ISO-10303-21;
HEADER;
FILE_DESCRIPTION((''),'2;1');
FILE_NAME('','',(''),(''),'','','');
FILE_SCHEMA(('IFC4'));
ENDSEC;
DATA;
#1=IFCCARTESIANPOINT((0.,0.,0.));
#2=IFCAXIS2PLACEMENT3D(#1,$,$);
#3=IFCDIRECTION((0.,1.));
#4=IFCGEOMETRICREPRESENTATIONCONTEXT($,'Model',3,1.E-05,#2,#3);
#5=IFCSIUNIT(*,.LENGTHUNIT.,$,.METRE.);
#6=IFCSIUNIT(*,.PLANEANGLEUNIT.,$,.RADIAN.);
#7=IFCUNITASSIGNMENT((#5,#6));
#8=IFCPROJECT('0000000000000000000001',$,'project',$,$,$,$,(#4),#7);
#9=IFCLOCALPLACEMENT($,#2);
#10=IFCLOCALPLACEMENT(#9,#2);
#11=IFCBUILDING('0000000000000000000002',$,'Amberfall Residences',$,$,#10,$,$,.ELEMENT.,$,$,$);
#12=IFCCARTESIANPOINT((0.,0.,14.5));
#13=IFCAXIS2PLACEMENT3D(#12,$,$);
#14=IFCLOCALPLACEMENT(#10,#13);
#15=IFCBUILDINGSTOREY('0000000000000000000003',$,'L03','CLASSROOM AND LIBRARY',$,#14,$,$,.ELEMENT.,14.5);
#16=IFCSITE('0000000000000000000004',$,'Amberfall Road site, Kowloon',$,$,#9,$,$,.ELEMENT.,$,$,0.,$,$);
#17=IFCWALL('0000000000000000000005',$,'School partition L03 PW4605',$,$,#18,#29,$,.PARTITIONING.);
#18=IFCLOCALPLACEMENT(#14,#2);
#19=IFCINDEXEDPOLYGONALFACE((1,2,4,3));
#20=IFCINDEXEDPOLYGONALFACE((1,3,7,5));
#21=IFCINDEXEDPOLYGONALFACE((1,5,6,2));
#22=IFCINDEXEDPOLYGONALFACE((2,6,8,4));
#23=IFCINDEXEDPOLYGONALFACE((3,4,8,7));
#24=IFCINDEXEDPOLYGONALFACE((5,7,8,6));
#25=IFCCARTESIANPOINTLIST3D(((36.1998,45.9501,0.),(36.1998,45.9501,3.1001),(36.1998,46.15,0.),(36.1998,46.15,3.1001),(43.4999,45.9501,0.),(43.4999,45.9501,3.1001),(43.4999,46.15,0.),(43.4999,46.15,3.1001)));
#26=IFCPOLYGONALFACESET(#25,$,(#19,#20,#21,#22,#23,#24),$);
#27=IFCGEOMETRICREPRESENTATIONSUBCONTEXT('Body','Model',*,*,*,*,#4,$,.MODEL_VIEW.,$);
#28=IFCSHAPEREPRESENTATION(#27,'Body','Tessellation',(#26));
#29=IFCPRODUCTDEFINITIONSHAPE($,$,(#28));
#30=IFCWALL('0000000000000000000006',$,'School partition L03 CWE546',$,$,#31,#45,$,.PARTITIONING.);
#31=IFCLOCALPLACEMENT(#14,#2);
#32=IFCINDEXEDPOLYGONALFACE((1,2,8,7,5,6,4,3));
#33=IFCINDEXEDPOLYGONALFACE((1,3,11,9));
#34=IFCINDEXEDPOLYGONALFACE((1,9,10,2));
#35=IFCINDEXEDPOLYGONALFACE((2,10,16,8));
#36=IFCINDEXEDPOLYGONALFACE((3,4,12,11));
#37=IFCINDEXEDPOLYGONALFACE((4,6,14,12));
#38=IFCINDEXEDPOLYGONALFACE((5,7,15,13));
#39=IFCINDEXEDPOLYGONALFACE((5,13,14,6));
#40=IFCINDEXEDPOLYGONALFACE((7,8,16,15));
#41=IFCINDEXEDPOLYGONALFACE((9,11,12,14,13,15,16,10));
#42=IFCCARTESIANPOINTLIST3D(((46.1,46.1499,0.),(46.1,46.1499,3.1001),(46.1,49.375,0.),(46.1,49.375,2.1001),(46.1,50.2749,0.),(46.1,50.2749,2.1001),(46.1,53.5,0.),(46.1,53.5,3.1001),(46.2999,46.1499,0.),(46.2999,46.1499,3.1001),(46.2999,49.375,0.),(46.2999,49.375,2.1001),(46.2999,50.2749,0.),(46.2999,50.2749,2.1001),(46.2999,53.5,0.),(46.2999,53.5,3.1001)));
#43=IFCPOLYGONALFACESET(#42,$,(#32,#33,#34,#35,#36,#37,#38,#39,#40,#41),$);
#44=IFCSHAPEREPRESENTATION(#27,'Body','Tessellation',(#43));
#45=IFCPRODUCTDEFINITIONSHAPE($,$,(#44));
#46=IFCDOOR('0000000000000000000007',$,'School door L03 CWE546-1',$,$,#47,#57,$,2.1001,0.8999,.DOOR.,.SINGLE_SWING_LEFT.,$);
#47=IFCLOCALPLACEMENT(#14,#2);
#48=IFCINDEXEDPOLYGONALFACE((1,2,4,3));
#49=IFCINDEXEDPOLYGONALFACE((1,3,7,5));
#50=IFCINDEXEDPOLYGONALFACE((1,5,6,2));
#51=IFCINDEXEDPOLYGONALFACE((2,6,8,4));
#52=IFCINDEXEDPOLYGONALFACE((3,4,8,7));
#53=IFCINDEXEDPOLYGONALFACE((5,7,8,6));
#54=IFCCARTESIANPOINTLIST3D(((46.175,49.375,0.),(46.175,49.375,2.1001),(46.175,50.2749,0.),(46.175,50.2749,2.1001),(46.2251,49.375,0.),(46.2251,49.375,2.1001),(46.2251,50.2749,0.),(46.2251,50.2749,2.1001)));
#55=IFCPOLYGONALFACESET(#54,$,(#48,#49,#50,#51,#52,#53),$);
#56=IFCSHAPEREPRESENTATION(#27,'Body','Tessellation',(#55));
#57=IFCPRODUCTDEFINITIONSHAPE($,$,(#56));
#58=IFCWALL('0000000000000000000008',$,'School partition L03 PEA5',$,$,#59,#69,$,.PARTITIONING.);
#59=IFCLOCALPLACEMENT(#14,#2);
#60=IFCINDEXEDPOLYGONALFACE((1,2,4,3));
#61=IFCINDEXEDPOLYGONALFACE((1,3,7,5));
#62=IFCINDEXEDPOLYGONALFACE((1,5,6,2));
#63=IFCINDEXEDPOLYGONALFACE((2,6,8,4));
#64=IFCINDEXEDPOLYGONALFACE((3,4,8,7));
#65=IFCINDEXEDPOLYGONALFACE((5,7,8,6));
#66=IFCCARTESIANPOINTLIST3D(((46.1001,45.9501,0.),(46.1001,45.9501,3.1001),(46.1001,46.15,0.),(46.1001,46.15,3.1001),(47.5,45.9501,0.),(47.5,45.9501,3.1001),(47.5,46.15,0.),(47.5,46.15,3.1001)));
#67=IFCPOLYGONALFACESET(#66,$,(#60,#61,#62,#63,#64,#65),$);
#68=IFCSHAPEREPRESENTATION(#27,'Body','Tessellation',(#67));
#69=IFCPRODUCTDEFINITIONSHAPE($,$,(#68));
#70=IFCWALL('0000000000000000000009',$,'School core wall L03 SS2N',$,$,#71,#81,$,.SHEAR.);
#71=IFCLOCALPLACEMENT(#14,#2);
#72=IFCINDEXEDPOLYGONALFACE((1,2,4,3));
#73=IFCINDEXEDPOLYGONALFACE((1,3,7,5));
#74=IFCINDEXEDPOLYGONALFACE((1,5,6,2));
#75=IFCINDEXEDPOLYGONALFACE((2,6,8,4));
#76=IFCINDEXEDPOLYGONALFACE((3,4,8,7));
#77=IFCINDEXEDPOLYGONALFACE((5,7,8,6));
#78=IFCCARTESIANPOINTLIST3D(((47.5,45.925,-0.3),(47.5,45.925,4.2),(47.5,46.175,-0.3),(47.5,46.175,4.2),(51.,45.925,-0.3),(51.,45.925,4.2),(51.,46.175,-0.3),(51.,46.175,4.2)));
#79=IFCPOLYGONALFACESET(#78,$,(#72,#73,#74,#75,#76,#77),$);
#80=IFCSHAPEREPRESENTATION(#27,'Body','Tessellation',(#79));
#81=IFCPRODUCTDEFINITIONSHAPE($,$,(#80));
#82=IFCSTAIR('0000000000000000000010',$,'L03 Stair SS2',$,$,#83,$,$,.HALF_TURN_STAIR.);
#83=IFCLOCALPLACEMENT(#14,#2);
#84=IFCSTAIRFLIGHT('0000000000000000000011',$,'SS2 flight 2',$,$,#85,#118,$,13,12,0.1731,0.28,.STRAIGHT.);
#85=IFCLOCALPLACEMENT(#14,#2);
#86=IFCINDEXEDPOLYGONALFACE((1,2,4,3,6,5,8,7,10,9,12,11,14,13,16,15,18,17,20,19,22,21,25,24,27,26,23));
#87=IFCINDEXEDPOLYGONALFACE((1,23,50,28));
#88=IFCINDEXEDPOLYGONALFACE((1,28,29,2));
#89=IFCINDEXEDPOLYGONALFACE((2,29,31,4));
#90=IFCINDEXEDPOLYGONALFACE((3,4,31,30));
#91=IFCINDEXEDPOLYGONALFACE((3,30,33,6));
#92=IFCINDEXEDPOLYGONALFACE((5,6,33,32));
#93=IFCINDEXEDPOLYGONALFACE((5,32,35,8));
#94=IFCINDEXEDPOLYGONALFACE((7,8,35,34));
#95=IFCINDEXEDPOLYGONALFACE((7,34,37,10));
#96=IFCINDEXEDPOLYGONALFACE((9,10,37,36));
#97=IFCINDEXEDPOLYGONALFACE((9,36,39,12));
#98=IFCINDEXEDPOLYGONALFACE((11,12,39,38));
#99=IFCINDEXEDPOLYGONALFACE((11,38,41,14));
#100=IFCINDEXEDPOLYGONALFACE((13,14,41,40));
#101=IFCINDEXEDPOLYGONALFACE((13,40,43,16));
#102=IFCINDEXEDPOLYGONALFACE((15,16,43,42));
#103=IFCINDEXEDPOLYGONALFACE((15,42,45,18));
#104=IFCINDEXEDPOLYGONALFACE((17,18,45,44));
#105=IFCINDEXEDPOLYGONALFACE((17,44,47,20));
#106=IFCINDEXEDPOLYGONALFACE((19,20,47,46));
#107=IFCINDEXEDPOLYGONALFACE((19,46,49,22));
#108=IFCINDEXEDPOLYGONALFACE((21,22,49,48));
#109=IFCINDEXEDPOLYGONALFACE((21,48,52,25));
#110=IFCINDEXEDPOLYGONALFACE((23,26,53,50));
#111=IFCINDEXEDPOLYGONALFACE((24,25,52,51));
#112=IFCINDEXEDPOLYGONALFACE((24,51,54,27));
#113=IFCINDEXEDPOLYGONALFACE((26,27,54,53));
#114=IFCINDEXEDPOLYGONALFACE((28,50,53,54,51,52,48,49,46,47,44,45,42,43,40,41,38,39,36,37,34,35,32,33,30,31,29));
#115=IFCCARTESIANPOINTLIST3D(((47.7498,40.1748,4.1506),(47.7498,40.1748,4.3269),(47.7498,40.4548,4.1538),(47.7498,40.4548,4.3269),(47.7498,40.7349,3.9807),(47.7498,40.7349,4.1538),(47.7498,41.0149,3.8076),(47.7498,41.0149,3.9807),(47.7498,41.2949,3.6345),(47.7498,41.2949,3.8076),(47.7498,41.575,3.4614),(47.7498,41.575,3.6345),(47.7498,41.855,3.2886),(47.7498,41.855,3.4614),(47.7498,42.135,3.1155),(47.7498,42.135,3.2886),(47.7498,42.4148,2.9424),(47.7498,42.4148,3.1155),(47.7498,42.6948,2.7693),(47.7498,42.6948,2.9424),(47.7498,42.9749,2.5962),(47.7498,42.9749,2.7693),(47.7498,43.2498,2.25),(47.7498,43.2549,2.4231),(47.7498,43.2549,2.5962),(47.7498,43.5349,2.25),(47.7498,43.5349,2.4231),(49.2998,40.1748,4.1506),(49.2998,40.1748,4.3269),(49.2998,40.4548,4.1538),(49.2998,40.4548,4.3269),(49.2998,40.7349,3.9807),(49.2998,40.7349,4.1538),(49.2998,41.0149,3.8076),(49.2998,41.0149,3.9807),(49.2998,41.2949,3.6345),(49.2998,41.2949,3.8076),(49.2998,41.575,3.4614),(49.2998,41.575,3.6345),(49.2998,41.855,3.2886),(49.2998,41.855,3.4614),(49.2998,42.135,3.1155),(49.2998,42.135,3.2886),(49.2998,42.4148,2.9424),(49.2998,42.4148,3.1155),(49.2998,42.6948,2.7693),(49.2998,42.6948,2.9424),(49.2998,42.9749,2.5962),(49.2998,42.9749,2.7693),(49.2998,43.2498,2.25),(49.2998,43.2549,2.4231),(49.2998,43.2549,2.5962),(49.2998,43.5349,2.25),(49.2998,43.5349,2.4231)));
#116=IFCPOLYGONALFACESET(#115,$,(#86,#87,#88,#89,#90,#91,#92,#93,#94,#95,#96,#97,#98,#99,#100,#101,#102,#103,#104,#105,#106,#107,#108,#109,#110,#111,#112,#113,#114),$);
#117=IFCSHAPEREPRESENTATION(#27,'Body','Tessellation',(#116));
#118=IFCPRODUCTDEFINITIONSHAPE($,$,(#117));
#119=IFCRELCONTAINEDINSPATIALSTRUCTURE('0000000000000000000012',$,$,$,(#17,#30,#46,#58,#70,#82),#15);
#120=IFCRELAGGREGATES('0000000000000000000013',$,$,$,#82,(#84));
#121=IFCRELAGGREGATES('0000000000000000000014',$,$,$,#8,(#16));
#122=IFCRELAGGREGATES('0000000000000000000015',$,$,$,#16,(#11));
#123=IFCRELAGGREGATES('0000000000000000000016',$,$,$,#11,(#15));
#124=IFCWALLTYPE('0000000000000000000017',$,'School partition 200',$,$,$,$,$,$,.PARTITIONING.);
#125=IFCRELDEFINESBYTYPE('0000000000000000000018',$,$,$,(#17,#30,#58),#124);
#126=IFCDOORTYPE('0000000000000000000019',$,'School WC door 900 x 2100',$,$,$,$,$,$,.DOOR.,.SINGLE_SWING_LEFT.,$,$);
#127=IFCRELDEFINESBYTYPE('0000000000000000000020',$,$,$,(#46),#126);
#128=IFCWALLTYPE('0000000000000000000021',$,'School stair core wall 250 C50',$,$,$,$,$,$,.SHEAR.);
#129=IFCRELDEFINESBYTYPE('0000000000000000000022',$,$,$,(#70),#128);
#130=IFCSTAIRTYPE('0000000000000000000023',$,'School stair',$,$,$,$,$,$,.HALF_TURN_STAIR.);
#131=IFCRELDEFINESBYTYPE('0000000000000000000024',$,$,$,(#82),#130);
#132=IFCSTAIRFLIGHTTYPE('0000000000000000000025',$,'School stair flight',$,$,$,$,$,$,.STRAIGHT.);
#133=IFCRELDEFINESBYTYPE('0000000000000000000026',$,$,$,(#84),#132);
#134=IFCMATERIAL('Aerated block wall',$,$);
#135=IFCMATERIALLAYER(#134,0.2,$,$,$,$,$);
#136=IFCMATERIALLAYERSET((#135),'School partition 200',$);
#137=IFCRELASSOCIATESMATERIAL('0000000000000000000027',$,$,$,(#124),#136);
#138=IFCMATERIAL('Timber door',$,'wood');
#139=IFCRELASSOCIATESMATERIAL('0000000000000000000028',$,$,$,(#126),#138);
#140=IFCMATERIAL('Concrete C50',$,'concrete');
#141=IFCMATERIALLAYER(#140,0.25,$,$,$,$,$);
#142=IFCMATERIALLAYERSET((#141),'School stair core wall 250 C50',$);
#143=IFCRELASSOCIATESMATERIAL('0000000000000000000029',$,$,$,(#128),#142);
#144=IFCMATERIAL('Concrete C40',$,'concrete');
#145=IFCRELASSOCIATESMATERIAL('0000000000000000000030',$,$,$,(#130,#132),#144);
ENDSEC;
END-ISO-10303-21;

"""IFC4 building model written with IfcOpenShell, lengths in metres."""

from ifc_helpers import new_model, si_unit, direction, frame, frame_2d, origin, place, context, subcontext, project, spatial, polyline, rectangle, outline, extrude, material, layer, layer_set, type_object, element, fill, aggregate, save


model = new_model("IFC4")

# Units and contexts
model_context = context("Model", 3, precision=1e-05, world=origin(), true_north=direction((0.0, 1.0)))
body_context = subcontext(model_context, "Body", "Model", "MODEL_VIEW")
ifc_project = project(units=[si_unit("LENGTHUNIT", "METRE"), si_unit("PLANEANGLEUNIT", "RADIAN")], contexts=[model_context])

# Site, building, storey
site_placement = place(None, origin())
site = spatial("IfcSite", under=ifc_project, at=site_placement, Name="Amberfall Road site, Kowloon", CompositionType="ELEMENT", RefElevation=0.0)
building_placement = place(site_placement, origin())
building = spatial("IfcBuilding", under=site, at=building_placement, Name="Amberfall Residences", CompositionType="ELEMENT")
storey_placement = place(building_placement, frame((0.0, 0.0, 14.5)))
storey = spatial("IfcBuildingStorey", under=building, at=storey_placement, Name="L03", Description="CLASSROOM AND LIBRARY", CompositionType="ELEMENT", Elevation=14.5)

# Shared definitions
ifc_material_1 = material(Name="Concrete C40", Category="concrete")

# Shared definitions
ifc_material_2 = material(Name="Aerated block wall")

# Shared definitions
ifc_layer_1 = layer(ifc_material_2, 0.2)
ifc_layer_set_1 = layer_set([ifc_layer_1], Name="School partition 200")
wall_type_1 = type_object("IfcWallType", Name="School partition 200", PredefinedType="PARTITIONING", material=ifc_layer_set_1)
ifc_material_3 = material(Name="Timber door", Category="wood")

# Wall
wall_1_placement = place(storey_placement, frame((36.2, 46.05, 0.0), z_axis=(0.0, 0.0, 1.0), x_axis=(1.0, 0.0, 0.0)))
element("IfcWall", 1, at=wall_1_placement, inside=storey, type_object=wall_type_1, Name="School partition L03 PW4605", PredefinedType="PARTITIONING", context=body_context, shape_type="SweptSolid", body=[
    extrude(rectangle(XDim=7.3, YDim=0.2, at=frame_2d((3.6499, 0.0))), origin(), (0.0, 0.0, 1.0), 3.1001),
])

# Wall, opening, door
wall_2_placement = place(storey_placement, frame((46.2, 46.1499, 0.0), z_axis=(0.0, 0.0, 1.0), x_axis=(0.0, 1.0, 0.0)))
wall_2 = element("IfcWall", 2, at=wall_2_placement, inside=storey, type_object=wall_type_1, Name="School partition L03 CWE546", PredefinedType="PARTITIONING", context=body_context, shape_type="SweptSolid", body=[
    extrude(rectangle(XDim=7.3501, YDim=0.2, at=frame_2d((3.675, 0.0))), origin(), (0.0, 0.0, 1.0), 3.1001),
])
opening_1_placement = place(wall_2_placement, frame((3.2251, 0.0, 0.0)))
opening_1 = element("IfcOpeningElement", 3, at=opening_1_placement, cuts=wall_2, PredefinedType="OPENING", context=body_context, shape_type="SweptSolid", body=[
    extrude(rectangle(XDim=0.8999, YDim=2.1001, at=frame_2d((0.45, 1.05))), frame((0.0, 0.1099, 0.0), z_axis=(0.0, -1.0, 0.0), x_axis=(1.0, 0.0, 0.0)), (0.0, 0.0, 1.0), 0.22),
])
door_type_1 = type_object("IfcDoorType", Name="School WC door 900 x 2100", OperationType="SINGLE_SWING_LEFT", PredefinedType="DOOR", material=ifc_material_3)
door_1_placement = place(opening_1_placement, origin())
door_1 = element("IfcDoor", 4, at=door_1_placement, inside=storey, type_object=door_type_1, Name="School door L03 CWE546-1", OperationType="SINGLE_SWING_LEFT", OverallHeight=2.1001, OverallWidth=0.8999, PredefinedType="DOOR", context=body_context, shape_type="SweptSolid", body=[
    extrude(rectangle(XDim=0.8999, YDim=2.1001, at=frame_2d((0.45, 1.05))), frame((0.0, 0.0249, 0.0), z_axis=(0.0, -1.0, 0.0), x_axis=(1.0, 0.0, 0.0)), (0.0, 0.0, 1.0), 0.05),
])
fill(opening_1, door_1)

# Walls
wall_3_placement = place(storey_placement, frame((46.1001, 46.05, 0.0), z_axis=(0.0, 0.0, 1.0), x_axis=(1.0, 0.0, 0.0)))
element("IfcWall", 5, at=wall_3_placement, inside=storey, type_object=wall_type_1, Name="School partition L03 PEA5", PredefinedType="PARTITIONING", context=body_context, shape_type="SweptSolid", body=[
    extrude(rectangle(XDim=1.3999, YDim=0.2, at=frame_2d((0.7, 0.0))), origin(), (0.0, 0.0, 1.0), 3.1001),
])
ifc_material_4 = material(Name="Concrete C50", Category="concrete")
ifc_layer_2 = layer(ifc_material_4, 0.25)
ifc_layer_set_2 = layer_set([ifc_layer_2], Name="School stair core wall 250 C50")
wall_type_2 = type_object("IfcWallType", Name="School stair core wall 250 C50", PredefinedType="SHEAR", material=ifc_layer_set_2)
wall_4_placement = place(storey_placement, frame((47.5, 46.05, -0.3), z_axis=(0.0, 0.0, 1.0), x_axis=(1.0, 0.0, 0.0)))
element("IfcWall", 6, at=wall_4_placement, inside=storey, type_object=wall_type_2, Name="School core wall L03 SS2N", PredefinedType="SHEAR", context=body_context, shape_type="SweptSolid", body=[
    extrude(rectangle(XDim=3.5, YDim=0.25, at=frame_2d((1.75, 0.0))), origin(), (0.0, 0.0, 1.0), 4.5),
])

# Stair, stair flight
stair_type = type_object("IfcStairType", Name="School stair", PredefinedType="HALF_TURN_STAIR", material=ifc_material_1)
stair_placement = place(storey_placement, origin())
stair = element("IfcStair", 7, at=stair_placement, inside=storey, type_object=stair_type, Name="L03 Stair SS2", PredefinedType="HALF_TURN_STAIR")
stair_flight_type = type_object("IfcStairFlightType", Name="School stair flight", PredefinedType="STRAIGHT", material=ifc_material_1)
stair_flight_placement = place(storey_placement, frame((48.5249, 43.5349, 2.25), z_axis=(0.0, 0.0, 1.0), x_axis=(0.0, -1.0, 0.0)))
stair_flight = element("IfcStairFlight", 8, at=stair_flight_placement, type_object=stair_flight_type, Name="SS2 flight 2", NumberOfRisers=13, NumberOfTreads=12, PredefinedType="STRAIGHT", RiserHeight=0.1731, TreadLength=0.28, context=body_context, shape_type="SweptSolid", body=[
    extrude(outline(polyline([(0.0, 0.0), (0.0, 0.1731), (0.28, 0.1731), (0.28, 0.3462), (0.5601, 0.3462), (0.5601, 0.5193), (0.8401, 0.5193), (0.8401, 0.6924), (1.1201, 0.6924), (1.1201, 0.8655), (1.3999, 0.8655), (1.3999, 1.0386), (1.6799, 1.0386), (1.6799, 1.2114), (1.96, 1.2114), (1.96, 1.3845), (2.24, 1.3845), (2.24, 1.5576), (2.52, 1.5576), (2.52, 1.7307), (2.8, 1.7307), (2.8, 1.9038), (3.0801, 1.9038), (3.0801, 2.0769), (3.3601, 2.0769), (3.3601, 2.25), (3.3601, 1.9006), (0.2852, 0.0), (0.0, 0.0)])), frame((0.0, 0.7749, 0.0), z_axis=(0.0, -1.0, 0.0), x_axis=(1.0, 0.0, 0.0)), (0.0, 0.0, 1.0), 1.55),
])
aggregate(stair, [stair_flight])

save(model, "model.ifc")
